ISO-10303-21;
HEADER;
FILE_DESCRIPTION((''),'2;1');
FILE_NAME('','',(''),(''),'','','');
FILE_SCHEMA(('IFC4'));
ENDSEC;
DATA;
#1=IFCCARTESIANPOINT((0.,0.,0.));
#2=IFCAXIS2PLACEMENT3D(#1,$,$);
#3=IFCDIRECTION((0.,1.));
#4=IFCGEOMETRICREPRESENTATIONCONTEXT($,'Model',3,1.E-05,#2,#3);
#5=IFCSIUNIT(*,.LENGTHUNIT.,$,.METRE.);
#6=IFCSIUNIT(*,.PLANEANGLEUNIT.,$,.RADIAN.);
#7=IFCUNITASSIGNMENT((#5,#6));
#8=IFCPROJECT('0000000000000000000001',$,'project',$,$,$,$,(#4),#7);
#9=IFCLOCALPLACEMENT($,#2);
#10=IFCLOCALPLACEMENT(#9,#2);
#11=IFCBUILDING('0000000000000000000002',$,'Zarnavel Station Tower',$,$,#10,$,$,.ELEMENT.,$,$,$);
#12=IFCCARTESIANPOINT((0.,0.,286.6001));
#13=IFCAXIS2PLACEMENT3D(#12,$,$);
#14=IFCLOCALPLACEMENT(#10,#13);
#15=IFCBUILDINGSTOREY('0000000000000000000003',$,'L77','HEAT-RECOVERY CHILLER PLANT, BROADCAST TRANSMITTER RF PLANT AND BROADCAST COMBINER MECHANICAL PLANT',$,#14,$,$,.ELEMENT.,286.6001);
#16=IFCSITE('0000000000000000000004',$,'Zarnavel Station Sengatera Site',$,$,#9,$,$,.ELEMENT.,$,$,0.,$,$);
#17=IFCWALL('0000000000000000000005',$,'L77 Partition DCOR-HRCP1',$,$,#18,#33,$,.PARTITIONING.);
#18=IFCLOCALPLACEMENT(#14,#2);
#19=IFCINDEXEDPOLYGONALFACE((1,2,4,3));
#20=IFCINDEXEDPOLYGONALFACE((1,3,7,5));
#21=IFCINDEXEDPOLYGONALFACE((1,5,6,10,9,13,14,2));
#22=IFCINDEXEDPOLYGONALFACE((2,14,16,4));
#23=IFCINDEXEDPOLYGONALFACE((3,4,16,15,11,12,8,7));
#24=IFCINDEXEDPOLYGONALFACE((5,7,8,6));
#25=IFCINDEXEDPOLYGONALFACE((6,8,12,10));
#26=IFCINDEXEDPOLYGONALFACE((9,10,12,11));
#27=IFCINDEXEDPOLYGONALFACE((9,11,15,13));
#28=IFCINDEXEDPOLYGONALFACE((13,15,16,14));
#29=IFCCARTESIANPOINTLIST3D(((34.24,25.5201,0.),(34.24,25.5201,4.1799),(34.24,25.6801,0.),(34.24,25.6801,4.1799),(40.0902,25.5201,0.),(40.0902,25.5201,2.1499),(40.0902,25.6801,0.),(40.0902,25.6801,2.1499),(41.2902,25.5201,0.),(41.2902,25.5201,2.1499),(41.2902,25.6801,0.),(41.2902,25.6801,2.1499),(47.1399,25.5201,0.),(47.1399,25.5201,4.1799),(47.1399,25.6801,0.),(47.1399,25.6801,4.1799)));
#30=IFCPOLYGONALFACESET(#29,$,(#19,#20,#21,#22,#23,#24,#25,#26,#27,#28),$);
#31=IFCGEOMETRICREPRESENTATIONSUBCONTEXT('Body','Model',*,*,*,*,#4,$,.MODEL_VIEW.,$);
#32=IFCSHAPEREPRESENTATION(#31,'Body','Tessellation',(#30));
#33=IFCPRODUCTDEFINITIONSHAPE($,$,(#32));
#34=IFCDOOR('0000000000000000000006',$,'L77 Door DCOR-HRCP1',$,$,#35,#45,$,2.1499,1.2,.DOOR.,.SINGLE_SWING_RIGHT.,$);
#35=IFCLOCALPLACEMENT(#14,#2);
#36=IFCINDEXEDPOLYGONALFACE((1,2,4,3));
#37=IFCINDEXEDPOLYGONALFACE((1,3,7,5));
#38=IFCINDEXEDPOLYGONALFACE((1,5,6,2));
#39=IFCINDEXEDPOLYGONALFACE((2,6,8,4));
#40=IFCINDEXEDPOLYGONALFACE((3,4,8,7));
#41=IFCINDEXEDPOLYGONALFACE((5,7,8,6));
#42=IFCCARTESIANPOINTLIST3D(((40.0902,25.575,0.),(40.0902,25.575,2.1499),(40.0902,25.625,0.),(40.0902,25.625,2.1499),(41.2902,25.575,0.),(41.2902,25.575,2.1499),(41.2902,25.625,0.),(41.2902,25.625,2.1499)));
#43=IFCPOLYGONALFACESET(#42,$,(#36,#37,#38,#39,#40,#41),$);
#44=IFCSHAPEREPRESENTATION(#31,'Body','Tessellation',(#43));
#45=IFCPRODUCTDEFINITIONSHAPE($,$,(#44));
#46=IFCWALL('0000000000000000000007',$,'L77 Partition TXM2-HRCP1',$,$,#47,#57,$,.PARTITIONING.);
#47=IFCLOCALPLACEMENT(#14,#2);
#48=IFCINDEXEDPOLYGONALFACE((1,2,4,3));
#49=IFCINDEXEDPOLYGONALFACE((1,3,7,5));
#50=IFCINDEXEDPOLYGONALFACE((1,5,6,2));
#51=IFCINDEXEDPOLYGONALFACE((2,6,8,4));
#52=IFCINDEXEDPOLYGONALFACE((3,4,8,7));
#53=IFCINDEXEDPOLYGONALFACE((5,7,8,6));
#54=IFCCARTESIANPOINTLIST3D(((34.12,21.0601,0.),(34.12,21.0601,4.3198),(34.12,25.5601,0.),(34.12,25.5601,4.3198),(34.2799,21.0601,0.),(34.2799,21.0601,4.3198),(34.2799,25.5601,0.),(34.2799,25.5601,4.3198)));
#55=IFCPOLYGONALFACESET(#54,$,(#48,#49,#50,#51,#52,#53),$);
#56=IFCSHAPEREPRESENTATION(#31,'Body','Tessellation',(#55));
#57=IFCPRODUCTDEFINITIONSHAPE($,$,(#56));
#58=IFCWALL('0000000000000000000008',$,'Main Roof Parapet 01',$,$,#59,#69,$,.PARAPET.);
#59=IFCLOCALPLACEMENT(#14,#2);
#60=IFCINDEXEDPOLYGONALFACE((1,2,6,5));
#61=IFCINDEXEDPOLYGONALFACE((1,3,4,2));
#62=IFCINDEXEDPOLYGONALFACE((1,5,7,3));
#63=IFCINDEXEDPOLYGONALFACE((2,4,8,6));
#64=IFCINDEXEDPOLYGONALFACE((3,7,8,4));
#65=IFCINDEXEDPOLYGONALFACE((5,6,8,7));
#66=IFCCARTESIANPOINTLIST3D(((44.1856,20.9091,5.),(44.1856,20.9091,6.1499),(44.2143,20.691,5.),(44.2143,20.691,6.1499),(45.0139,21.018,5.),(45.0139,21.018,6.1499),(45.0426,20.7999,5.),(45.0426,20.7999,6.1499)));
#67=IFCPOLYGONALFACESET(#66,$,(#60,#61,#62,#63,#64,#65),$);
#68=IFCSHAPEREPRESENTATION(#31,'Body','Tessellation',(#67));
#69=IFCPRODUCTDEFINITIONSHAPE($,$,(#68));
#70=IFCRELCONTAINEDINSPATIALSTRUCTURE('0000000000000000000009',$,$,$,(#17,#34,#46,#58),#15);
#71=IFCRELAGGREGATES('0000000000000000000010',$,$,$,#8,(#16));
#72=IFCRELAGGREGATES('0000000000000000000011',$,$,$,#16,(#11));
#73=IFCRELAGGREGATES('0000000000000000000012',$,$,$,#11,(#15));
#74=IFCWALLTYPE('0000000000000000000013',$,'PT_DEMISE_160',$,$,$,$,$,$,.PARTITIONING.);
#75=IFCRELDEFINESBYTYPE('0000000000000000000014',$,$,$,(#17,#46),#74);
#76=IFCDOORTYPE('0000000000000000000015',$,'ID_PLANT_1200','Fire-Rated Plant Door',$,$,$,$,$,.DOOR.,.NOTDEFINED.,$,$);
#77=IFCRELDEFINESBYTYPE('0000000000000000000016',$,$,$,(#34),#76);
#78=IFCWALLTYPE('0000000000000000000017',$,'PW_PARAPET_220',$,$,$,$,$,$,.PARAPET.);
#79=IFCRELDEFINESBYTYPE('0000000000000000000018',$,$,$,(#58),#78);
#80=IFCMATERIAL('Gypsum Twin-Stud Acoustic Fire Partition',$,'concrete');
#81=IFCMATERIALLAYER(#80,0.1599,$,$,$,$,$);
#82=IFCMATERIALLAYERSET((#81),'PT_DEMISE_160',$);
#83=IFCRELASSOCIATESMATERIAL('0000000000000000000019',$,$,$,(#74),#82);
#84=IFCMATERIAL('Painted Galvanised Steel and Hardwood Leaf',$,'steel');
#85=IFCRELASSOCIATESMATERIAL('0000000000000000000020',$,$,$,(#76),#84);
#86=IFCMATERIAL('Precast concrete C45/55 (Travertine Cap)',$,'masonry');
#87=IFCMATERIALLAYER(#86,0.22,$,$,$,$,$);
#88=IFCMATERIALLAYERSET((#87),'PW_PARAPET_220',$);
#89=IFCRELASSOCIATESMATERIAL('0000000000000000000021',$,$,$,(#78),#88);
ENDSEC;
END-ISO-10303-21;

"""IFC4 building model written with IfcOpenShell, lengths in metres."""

from ifc_helpers import new_model, si_unit, direction, frame, frame_2d, origin, place, context, subcontext, project, spatial, rectangle, extrude, material, layer, layer_set, type_object, element, fill, save


model = new_model("IFC4")

# Units and contexts
model_context = context("Model", 3, precision=1e-05, world=origin(), true_north=direction((0.0, 1.0)))
body_context = subcontext(model_context, "Body", "Model", "MODEL_VIEW")
ifc_project = project(units=[si_unit("LENGTHUNIT", "METRE"), si_unit("PLANEANGLEUNIT", "RADIAN")], contexts=[model_context])

# Site, building, storey
site_placement = place(None, origin())
site = spatial("IfcSite", under=ifc_project, at=site_placement, Name="Zarnavel Station Sengatera Site", CompositionType="ELEMENT", RefElevation=0.0)
building_placement = place(site_placement, origin())
building = spatial("IfcBuilding", under=site, at=building_placement, Name="Zarnavel Station Tower", CompositionType="ELEMENT")
storey_placement = place(building_placement, frame((0.0, 0.0, 286.6001)))
storey = spatial("IfcBuildingStorey", under=building, at=storey_placement, Name="L77", Description="HEAT-RECOVERY CHILLER PLANT, BROADCAST TRANSMITTER RF PLANT AND BROADCAST COMBINER MECHANICAL PLANT", CompositionType="ELEMENT", Elevation=286.6001)

# Wall, opening, door
ifc_material_1 = material(Name="Gypsum Twin-Stud Acoustic Fire Partition", Category="concrete")
ifc_layer_1 = layer(ifc_material_1, 0.1599)
ifc_layer_set_1 = layer_set([ifc_layer_1], Name="PT_DEMISE_160")
wall_type_1 = type_object("IfcWallType", Name="PT_DEMISE_160", PredefinedType="PARTITIONING", material=ifc_layer_set_1)
wall_1_placement = place(storey_placement, frame((34.24, 25.6001, 0.0), z_axis=(0.0, 0.0, 1.0), x_axis=(1.0, 0.0, 0.0)))
wall_1 = element("IfcWall", 1, at=wall_1_placement, inside=storey, type_object=wall_type_1, Name="L77 Partition DCOR-HRCP1", PredefinedType="PARTITIONING", context=body_context, shape_type="SweptSolid", body=[
    extrude(rectangle(XDim=12.8999, YDim=0.1599, at=frame_2d((6.45, 0.0))), origin(), (0.0, 0.0, 1.0), 4.1799),
])
opening_1_placement = place(wall_1_placement, frame((5.8501, 0.0, 0.0)))
opening_1 = element("IfcOpeningElement", 2, at=opening_1_placement, cuts=wall_1, PredefinedType="OPENING", context=body_context, shape_type="SweptSolid", body=[
    extrude(rectangle(XDim=1.2, YDim=2.1499, at=frame_2d((0.6001, 1.075))), frame((0.0, 0.0898, 0.0), z_axis=(0.0, -1.0, 0.0), x_axis=(1.0, 0.0, 0.0)), (0.0, 0.0, 1.0), 0.1799),
])
ifc_material_2 = material(Name="Painted Galvanised Steel and Hardwood Leaf", Category="steel")
door_type_1 = type_object("IfcDoorType", Name="ID_PLANT_1200", Description="Fire-Rated Plant Door", OperationType="NOTDEFINED", PredefinedType="DOOR", material=ifc_material_2)
door_1_placement = place(opening_1_placement, origin())
door_1 = element("IfcDoor", 3, at=door_1_placement, inside=storey, type_object=door_type_1, Name="L77 Door DCOR-HRCP1", OperationType="SINGLE_SWING_RIGHT", OverallHeight=2.1499, OverallWidth=1.2, PredefinedType="DOOR", context=body_context, shape_type="SweptSolid", body=[
    extrude(rectangle(XDim=1.2, YDim=2.1499, at=frame_2d((0.6001, 1.075))), frame((0.0, 0.0249, 0.0), z_axis=(0.0, -1.0, 0.0), x_axis=(1.0, 0.0, 0.0)), (0.0, 0.0, 1.0), 0.05),
])
fill(opening_1, door_1)

# Walls
wall_2_placement = place(storey_placement, frame((34.2, 21.0601, 0.0), z_axis=(0.0, 0.0, 1.0), x_axis=(0.0, 1.0, 0.0)))
element("IfcWall", 4, at=wall_2_placement, inside=storey, type_object=wall_type_1, Name="L77 Partition TXM2-HRCP1", PredefinedType="PARTITIONING", context=body_context, shape_type="SweptSolid", body=[
    extrude(rectangle(XDim=4.5, YDim=0.1599, at=frame_2d((2.25, 0.0))), origin(), (0.0, 0.0, 1.0), 4.3198),
])
ifc_material_3 = material(Name="Precast concrete C45/55 (Travertine Cap)", Category="masonry")
ifc_layer_2 = layer(ifc_material_3, 0.22)
ifc_layer_set_2 = layer_set([ifc_layer_2], Name="PW_PARAPET_220")
wall_type_2 = type_object("IfcWallType", Name="PW_PARAPET_220", PredefinedType="PARAPET", material=ifc_layer_set_2)
wall_3_placement = place(storey_placement, frame((44.2, 20.8, 5.0), z_axis=(0.0, 0.0, 1.0), x_axis=(0.991471, 0.130326, 0.0)))
element("IfcWall", 5, at=wall_3_placement, inside=storey, type_object=wall_type_2, Name="Main Roof Parapet 01", PredefinedType="PARAPET", context=body_context, shape_type="SweptSolid", body=[
    extrude(rectangle(XDim=0.8354, YDim=0.22, at=frame_2d((0.4177, 0.0))), origin(), (0.0, 0.0, 1.0), 1.1499),
])

save(model, "model.ifc")
